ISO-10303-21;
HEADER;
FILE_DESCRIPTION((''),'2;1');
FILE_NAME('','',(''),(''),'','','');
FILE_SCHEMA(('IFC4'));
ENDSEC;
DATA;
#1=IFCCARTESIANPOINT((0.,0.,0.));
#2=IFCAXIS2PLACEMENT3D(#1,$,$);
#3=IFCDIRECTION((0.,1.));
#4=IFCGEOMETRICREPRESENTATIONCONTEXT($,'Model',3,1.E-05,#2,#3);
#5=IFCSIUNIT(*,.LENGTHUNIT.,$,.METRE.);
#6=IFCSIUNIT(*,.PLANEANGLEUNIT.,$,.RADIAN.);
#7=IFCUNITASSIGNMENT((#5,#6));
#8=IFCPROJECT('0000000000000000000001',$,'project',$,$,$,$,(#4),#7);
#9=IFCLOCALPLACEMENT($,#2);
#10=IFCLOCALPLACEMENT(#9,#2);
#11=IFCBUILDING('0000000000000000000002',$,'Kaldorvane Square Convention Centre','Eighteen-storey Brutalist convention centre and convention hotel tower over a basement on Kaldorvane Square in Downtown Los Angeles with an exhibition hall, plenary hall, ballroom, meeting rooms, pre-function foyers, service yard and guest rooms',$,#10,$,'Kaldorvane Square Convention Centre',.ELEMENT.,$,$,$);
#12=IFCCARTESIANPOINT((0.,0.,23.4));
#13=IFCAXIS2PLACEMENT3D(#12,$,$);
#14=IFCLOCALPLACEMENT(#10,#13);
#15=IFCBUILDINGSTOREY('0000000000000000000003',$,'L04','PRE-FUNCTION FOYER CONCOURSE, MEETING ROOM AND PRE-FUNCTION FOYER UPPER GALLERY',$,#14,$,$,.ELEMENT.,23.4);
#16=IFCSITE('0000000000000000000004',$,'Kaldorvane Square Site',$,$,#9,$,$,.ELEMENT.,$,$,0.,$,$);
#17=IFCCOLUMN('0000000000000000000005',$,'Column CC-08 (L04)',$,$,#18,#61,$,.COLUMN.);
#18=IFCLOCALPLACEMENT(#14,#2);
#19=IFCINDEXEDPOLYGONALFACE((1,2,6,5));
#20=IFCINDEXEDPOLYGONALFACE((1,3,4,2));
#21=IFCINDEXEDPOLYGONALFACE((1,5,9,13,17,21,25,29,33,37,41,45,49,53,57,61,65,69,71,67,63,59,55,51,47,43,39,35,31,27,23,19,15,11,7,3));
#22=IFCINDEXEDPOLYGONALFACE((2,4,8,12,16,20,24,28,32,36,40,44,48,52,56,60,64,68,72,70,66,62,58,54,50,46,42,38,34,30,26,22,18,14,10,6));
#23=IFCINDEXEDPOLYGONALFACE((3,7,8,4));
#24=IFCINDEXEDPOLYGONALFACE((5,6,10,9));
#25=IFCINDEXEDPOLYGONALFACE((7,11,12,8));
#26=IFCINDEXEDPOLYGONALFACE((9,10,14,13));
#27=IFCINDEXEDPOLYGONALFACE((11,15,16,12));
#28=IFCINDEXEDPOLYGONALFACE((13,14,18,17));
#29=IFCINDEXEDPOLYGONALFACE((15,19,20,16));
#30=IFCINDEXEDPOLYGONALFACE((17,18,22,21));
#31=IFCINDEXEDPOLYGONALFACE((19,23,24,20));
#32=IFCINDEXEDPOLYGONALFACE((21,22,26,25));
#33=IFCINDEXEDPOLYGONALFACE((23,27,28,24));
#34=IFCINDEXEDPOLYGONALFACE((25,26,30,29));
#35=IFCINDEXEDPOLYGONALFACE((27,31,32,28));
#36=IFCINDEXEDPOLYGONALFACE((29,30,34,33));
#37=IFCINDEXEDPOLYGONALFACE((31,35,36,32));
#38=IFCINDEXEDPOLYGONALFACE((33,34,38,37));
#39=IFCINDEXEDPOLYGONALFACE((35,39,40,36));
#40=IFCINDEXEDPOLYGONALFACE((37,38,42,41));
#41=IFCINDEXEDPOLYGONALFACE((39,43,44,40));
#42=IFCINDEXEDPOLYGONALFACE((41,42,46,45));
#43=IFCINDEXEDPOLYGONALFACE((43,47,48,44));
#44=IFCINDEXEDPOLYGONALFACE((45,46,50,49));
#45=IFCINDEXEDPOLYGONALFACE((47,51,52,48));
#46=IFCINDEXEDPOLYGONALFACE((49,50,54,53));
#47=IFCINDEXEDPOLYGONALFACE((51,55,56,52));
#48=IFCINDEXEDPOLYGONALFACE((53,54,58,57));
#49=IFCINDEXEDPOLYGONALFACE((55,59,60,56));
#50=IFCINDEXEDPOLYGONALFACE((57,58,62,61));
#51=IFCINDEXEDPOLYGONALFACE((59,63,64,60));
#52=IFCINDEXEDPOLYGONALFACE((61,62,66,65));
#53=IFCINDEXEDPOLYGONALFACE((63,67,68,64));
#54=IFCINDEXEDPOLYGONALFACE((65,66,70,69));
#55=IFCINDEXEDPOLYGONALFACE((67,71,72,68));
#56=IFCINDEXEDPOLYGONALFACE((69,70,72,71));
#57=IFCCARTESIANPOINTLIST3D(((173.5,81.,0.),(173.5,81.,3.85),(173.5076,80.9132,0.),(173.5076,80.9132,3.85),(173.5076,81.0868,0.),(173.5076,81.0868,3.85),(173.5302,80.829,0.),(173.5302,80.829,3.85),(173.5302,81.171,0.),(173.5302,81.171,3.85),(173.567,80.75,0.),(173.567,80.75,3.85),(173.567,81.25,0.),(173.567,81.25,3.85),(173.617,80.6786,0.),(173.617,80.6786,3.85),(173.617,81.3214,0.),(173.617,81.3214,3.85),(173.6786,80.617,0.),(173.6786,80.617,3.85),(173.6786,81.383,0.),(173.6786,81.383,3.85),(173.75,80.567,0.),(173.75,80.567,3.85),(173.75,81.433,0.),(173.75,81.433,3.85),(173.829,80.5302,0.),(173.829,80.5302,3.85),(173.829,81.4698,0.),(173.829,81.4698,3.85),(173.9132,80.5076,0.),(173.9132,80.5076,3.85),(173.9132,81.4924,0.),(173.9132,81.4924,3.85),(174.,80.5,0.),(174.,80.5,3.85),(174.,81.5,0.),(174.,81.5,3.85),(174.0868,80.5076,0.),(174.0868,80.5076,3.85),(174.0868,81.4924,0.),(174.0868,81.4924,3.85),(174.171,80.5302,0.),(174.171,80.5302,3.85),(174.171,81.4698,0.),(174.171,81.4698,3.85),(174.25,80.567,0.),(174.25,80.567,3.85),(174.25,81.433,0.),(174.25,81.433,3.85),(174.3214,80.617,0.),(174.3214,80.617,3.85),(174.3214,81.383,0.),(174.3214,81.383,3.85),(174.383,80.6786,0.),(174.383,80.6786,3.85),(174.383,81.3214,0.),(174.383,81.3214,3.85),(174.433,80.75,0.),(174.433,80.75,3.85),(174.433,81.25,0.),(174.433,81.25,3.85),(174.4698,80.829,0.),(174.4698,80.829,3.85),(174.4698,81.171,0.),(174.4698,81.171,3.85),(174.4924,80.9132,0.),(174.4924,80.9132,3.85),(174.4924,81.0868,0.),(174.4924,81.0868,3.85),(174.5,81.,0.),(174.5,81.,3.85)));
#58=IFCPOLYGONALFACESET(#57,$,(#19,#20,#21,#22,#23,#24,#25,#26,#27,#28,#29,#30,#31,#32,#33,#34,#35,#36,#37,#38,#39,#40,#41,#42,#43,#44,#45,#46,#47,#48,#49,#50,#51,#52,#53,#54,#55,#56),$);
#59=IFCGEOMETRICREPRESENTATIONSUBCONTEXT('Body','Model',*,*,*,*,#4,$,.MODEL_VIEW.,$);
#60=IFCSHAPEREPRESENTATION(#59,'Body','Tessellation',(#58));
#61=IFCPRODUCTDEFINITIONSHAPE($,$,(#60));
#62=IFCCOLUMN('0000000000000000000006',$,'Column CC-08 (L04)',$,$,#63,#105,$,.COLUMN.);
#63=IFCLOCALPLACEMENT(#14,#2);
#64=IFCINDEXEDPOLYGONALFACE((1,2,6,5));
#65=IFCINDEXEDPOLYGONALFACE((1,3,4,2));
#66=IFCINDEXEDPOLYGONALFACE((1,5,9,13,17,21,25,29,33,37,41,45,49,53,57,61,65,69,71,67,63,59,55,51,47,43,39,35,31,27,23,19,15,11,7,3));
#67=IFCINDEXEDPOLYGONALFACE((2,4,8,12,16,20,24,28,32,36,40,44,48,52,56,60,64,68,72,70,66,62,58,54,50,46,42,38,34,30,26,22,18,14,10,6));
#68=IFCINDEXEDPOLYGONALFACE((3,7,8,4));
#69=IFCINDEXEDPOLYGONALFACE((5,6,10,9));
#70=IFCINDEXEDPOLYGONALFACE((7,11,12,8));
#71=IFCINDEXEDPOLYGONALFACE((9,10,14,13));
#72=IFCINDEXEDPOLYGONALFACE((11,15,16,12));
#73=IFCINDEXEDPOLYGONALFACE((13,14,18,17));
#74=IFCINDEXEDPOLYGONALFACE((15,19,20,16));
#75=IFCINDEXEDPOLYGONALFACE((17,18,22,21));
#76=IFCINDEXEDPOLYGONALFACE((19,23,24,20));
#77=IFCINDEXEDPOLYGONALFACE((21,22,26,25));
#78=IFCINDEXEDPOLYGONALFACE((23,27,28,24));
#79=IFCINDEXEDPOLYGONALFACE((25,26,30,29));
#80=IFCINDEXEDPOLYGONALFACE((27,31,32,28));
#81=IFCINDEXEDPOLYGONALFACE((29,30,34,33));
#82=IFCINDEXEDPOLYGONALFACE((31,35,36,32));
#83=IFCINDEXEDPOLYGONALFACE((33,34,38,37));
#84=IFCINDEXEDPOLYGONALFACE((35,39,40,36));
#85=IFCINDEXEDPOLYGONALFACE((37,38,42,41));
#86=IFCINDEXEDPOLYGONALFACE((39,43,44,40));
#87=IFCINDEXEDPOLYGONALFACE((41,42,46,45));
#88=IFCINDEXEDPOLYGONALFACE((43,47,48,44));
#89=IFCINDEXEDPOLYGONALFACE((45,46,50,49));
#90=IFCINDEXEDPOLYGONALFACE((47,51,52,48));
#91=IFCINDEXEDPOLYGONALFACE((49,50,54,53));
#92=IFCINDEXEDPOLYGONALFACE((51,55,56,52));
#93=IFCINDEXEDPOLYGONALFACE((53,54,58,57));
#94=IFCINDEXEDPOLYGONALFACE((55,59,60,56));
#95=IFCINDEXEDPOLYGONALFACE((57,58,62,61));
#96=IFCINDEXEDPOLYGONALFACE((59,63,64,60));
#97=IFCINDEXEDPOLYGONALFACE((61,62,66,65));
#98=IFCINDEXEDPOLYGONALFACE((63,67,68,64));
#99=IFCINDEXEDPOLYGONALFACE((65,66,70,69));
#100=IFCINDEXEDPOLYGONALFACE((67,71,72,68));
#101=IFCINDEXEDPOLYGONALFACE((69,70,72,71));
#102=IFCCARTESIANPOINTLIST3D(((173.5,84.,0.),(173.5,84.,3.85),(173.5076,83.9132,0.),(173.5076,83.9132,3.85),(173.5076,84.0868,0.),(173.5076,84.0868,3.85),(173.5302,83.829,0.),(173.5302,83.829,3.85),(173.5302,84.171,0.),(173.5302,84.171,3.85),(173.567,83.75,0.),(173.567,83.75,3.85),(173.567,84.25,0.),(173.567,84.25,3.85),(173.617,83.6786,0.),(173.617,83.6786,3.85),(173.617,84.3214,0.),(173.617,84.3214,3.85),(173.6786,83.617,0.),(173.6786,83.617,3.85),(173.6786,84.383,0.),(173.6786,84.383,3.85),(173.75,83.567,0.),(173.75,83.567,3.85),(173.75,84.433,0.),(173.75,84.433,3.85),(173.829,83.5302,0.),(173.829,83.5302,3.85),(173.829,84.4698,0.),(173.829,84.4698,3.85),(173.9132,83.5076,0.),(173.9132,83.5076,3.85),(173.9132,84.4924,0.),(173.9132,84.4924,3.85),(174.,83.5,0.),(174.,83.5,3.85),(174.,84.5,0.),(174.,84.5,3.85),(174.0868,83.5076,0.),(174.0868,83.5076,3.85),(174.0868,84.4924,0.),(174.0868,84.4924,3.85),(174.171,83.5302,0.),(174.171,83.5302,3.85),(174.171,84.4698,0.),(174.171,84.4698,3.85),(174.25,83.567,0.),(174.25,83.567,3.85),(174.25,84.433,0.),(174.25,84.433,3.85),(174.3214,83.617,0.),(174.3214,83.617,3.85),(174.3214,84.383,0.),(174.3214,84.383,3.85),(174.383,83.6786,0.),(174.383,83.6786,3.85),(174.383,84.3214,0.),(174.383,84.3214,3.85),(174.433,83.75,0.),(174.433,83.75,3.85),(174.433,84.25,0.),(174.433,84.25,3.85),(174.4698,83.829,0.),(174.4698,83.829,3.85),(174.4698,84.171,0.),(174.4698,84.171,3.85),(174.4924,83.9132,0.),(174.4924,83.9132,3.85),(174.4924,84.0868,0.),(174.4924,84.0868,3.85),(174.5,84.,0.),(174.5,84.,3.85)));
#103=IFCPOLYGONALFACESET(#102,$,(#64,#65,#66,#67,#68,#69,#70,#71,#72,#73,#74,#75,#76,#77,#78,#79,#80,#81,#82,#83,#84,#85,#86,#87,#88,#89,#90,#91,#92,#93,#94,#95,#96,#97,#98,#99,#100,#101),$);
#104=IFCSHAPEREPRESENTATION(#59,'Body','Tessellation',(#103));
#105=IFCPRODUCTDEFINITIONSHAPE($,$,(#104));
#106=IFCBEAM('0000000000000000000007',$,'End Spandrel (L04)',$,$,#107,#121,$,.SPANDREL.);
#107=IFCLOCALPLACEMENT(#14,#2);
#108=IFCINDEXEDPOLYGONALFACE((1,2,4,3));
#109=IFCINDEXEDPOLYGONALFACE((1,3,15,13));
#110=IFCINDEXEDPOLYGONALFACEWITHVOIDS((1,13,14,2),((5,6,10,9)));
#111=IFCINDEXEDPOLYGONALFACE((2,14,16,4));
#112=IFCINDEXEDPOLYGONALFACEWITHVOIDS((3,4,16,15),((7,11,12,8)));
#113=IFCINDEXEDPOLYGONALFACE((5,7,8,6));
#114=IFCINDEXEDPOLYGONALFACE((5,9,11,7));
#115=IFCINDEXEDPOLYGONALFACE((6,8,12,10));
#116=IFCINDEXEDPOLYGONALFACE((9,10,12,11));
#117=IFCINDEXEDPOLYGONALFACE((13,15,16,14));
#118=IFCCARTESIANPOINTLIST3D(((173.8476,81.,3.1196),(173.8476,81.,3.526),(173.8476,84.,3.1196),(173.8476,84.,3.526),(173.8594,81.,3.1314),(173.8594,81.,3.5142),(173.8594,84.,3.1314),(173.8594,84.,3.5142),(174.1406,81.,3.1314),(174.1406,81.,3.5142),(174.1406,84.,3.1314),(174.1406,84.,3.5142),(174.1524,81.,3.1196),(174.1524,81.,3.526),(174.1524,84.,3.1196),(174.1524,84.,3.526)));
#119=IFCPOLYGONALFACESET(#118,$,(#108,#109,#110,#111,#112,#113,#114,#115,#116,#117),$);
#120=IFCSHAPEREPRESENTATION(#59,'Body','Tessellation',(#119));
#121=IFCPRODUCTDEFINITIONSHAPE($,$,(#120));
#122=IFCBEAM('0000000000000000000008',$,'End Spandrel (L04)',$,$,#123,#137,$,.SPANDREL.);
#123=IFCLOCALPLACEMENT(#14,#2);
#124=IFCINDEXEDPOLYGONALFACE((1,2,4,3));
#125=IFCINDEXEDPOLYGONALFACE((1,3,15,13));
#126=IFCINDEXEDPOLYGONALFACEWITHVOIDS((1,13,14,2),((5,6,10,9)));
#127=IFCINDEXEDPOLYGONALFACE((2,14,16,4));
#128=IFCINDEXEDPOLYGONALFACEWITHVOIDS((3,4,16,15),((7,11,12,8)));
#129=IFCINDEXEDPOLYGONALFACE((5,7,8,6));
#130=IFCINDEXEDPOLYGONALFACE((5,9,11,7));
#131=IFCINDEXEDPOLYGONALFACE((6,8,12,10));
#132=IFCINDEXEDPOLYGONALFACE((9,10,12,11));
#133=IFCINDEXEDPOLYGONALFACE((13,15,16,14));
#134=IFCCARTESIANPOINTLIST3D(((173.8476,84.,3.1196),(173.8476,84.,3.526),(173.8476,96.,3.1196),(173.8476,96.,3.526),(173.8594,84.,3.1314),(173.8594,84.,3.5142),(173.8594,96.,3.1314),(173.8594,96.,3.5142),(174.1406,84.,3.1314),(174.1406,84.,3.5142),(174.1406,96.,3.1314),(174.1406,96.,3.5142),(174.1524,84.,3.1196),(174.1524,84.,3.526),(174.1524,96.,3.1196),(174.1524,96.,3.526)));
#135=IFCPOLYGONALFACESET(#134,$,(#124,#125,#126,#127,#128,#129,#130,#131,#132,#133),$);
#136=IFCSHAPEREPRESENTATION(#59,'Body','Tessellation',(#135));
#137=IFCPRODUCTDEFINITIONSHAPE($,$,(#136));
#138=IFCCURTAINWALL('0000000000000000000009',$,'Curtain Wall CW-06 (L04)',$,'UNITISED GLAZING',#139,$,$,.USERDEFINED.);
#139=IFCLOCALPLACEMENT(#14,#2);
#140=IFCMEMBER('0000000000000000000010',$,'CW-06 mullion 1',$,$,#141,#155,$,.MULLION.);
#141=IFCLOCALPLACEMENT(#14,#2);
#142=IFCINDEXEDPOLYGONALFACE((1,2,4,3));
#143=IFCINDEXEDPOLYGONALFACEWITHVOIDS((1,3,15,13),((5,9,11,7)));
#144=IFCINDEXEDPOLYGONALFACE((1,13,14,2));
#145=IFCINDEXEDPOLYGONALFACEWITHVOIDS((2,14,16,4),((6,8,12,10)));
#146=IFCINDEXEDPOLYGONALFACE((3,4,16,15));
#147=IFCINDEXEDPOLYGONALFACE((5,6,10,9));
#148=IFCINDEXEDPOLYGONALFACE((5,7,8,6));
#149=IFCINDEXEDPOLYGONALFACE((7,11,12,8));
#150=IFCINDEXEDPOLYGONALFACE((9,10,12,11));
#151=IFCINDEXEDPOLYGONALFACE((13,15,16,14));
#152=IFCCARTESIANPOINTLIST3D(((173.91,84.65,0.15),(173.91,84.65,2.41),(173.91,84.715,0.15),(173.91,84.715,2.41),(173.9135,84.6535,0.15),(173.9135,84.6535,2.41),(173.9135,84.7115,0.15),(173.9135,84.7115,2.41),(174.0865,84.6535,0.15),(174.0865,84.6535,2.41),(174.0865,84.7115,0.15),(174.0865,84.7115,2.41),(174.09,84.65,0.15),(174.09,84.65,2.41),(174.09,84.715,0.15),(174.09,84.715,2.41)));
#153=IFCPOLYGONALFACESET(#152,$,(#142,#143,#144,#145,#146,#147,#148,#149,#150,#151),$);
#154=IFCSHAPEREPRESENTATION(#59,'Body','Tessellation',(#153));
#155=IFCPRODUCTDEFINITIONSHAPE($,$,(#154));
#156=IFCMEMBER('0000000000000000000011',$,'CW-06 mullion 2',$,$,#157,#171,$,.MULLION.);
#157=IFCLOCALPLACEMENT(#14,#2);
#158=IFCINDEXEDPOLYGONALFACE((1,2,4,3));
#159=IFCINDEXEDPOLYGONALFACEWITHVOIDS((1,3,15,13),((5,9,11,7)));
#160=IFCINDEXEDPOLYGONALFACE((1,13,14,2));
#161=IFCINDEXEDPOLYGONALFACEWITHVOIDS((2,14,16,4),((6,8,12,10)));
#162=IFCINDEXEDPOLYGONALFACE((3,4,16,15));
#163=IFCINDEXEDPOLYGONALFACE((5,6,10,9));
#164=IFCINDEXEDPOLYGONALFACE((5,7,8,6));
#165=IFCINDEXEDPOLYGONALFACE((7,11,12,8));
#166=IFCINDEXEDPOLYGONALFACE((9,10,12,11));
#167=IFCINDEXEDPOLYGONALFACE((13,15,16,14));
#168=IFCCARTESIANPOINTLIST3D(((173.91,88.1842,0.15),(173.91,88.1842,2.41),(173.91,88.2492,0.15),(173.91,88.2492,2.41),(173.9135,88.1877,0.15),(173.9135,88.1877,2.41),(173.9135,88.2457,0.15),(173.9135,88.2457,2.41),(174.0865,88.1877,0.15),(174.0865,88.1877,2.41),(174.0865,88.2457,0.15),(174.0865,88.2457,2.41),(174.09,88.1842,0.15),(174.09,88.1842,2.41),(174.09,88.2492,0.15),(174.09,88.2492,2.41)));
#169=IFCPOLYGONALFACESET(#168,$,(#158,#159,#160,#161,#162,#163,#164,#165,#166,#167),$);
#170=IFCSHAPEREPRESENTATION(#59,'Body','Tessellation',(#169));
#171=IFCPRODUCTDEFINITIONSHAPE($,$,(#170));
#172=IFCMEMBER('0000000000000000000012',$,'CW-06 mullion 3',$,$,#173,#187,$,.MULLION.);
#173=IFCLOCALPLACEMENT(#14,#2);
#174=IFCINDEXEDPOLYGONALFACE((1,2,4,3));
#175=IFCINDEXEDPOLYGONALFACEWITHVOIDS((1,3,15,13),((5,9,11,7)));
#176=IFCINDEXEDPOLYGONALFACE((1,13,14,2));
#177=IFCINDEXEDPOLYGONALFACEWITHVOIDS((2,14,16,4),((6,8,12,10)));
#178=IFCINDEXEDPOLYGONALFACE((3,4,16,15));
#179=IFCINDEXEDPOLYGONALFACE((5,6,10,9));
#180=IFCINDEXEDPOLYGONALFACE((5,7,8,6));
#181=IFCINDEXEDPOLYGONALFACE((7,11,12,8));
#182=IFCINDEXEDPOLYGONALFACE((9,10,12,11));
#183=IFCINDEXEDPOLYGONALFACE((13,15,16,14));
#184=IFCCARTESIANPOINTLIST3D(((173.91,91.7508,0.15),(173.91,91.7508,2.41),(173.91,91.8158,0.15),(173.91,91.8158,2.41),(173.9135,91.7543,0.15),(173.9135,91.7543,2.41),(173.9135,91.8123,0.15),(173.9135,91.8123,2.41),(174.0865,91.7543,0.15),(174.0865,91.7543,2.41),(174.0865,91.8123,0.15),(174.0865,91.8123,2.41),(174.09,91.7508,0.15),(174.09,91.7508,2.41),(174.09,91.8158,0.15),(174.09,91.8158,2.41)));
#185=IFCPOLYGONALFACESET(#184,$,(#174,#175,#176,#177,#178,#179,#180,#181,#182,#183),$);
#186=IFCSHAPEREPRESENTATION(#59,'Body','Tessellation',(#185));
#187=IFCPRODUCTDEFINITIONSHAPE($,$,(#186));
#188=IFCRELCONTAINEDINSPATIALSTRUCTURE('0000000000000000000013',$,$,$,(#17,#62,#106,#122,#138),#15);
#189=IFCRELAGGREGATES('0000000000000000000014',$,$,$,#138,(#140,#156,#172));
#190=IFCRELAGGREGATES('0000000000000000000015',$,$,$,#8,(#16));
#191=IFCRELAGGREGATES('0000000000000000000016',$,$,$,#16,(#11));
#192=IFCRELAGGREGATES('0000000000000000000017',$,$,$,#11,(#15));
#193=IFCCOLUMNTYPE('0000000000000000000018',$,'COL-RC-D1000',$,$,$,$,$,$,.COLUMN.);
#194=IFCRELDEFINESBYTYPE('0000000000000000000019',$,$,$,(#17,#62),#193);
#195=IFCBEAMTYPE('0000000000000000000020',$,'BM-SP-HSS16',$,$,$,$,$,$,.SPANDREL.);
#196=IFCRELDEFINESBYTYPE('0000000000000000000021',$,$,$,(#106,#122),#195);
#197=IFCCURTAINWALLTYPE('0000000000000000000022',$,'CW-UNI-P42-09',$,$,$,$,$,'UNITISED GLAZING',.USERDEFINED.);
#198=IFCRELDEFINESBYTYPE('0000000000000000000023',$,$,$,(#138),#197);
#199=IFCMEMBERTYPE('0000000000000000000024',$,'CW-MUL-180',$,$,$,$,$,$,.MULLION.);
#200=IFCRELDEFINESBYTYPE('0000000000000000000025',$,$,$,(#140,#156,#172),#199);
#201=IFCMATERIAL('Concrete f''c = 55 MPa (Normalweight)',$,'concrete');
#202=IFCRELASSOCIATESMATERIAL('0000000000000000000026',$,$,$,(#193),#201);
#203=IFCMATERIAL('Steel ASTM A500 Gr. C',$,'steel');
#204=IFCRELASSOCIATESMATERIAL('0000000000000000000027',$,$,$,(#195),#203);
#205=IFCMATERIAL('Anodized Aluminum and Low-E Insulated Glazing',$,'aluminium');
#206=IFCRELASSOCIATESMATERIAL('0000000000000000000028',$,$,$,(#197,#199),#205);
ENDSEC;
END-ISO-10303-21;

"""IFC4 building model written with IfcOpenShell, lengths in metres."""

from ifc_helpers import new_model, si_unit, direction, frame, origin, origin_2d, place, context, subcontext, project, spatial, hollow_rectangle, circle, extrude, material, material_profile, profile_set, type_object, element, aggregate, save


model = new_model("IFC4")

# Units and contexts
model_context = context("Model", 3, precision=1e-05, world=origin(), true_north=direction((0.0, 1.0)))
body_context = subcontext(model_context, "Body", "Model", "MODEL_VIEW")
ifc_project = project(units=[si_unit("LENGTHUNIT", "METRE"), si_unit("PLANEANGLEUNIT", "RADIAN")], contexts=[model_context])

# Site, building, storey
site_placement = place(None, origin())
site = spatial("IfcSite", under=ifc_project, at=site_placement, Name="Kaldorvane Square Site", CompositionType="ELEMENT", RefElevation=0.0)
building_placement = place(site_placement, origin())
building = spatial("IfcBuilding", under=site, at=building_placement, Name="Kaldorvane Square Convention Centre", Description="Eighteen-storey Brutalist convention centre and convention hotel tower over a basement on Kaldorvane Square in Downtown Los Angeles with an exhibition hall, plenary hall, ballroom, meeting rooms, pre-function foyers, service yard and guest rooms", LongName="Kaldorvane Square Convention Centre", CompositionType="ELEMENT")
storey_placement = place(building_placement, frame((0.0, 0.0, 23.4)))
storey = spatial("IfcBuildingStorey", under=building, at=storey_placement, Name="L04", Description="PRE-FUNCTION FOYER CONCOURSE, MEETING ROOM AND PRE-FUNCTION FOYER UPPER GALLERY", CompositionType="ELEMENT", Elevation=23.4)

# Columns
ifc_material_1 = material(Name="Concrete f'c = 55 MPa (Normalweight)", Category="concrete")
ifc_material_profile_1 = material_profile(ifc_material_1, circle(Radius=0.5, at=origin_2d()), Name="RC-D1000")
ifc_profile_set_1 = profile_set([ifc_material_profile_1], Name="Concrete f'c = 55 MPa (Normalweight)")
column_type = type_object("IfcColumnType", Name="COL-RC-D1000", PredefinedType="COLUMN", material=ifc_profile_set_1)
for number, where, z_axis, x_axis, name in (
    (1, (174.0, 81.0, 0.0), (0.0, 0.0, 1.0), (1.0, 0.0, 0.0), "Column CC-08 (L04)"),
    (2, (174.0, 84.0, 0.0), (0.0, 0.0, 1.0), (1.0, 0.0, 0.0), "Column CC-08 (L04)"),
):
    element("IfcColumn", number, at=place(storey_placement, frame(where, z_axis=z_axis, x_axis=x_axis)), inside=storey, type_object=column_type, Name=name, PredefinedType="COLUMN", context=body_context, shape_type="SweptSolid", body=[
        extrude(circle(Radius=0.5, at=origin_2d()), origin(), (0.0, 0.0, 1.0), 3.85),
    ])

# Beams
ifc_material_2 = material(Name="Steel ASTM A500 Gr. C", Category="steel")
ifc_material_profile_2 = material_profile(ifc_material_2, hollow_rectangle(XDim=0.3048, YDim=0.4064, WallThickness=0.0118, at=origin_2d()), Name="HSS16X12X1/2")
ifc_profile_set_2 = profile_set([ifc_material_profile_2], Name="Steel ASTM A500 Gr. C")
beam_type = type_object("IfcBeamType", Name="BM-SP-HSS16", PredefinedType="SPANDREL", material=ifc_profile_set_2)
beam_1_placement = place(storey_placement, frame((174.0, 81.0, 3.3228), z_axis=(0.0, 1.0, 0.0), x_axis=(-1.0, 0.0, 0.0)))
element("IfcBeam", 3, at=beam_1_placement, inside=storey, type_object=beam_type, Name="End Spandrel (L04)", PredefinedType="SPANDREL", context=body_context, shape_type="SweptSolid", body=[
    extrude(hollow_rectangle(XDim=0.3048, YDim=0.4064, WallThickness=0.0118, at=origin_2d()), origin(), (0.0, 0.0, 1.0), 3.0),
])
beam_2_placement = place(storey_placement, frame((174.0, 84.0, 3.3228), z_axis=(0.0, 1.0, 0.0), x_axis=(-1.0, 0.0, 0.0)))
element("IfcBeam", 4, at=beam_2_placement, inside=storey, type_object=beam_type, Name="End Spandrel (L04)", PredefinedType="SPANDREL", context=body_context, shape_type="SweptSolid", body=[
    extrude(hollow_rectangle(XDim=0.3048, YDim=0.4064, WallThickness=0.0118, at=origin_2d()), origin(), (0.0, 0.0, 1.0), 12.0),
])

# Curtain wall, members
ifc_material_3 = material(Name="Anodized Aluminum and Low-E Insulated Glazing", Category="aluminium")
curtain_wall_type_1 = type_object("IfcCurtainWallType", Name="CW-UNI-P42-09", ElementType="UNITISED GLAZING", PredefinedType="USERDEFINED", material=ifc_material_3)
curtain_wall_1_placement = place(storey_placement, origin())
curtain_wall_1 = element("IfcCurtainWall", 5, at=curtain_wall_1_placement, inside=storey, type_object=curtain_wall_type_1, Name="Curtain Wall CW-06 (L04)", ObjectType="UNITISED GLAZING", PredefinedType="USERDEFINED")
ifc_material_profile_3 = material_profile(ifc_material_3, hollow_rectangle(XDim=0.065, YDim=0.18, WallThickness=0.0035, at=origin_2d()), Name="CWM-180X65")
ifc_profile_set_3 = profile_set([ifc_material_profile_3], Name="Anodized Aluminum and Low-E Insulated Glazing")
member_type_1 = type_object("IfcMemberType", Name="CW-MUL-180", PredefinedType="MULLION", material=ifc_profile_set_3)
member_1_placement = place(storey_placement, frame((174.0, 84.6825, 0.15), z_axis=(0.0, 0.0, 1.0), x_axis=(0.0, 1.0, 0.0)))
member_1 = element("IfcMember", 6, at=member_1_placement, type_object=member_type_1, Name="CW-06 mullion 1", PredefinedType="MULLION", context=body_context, shape_type="SweptSolid", body=[
    extrude(hollow_rectangle(XDim=0.065, YDim=0.18, WallThickness=0.0035, at=origin_2d()), origin(), (0.0, 0.0, 1.0), 2.26),
])
member_2_placement = place(storey_placement, frame((174.0, 88.2167, 0.15), z_axis=(0.0, 0.0, 1.0), x_axis=(0.0, 1.0, 0.0)))
member_2 = element("IfcMember", 7, at=member_2_placement, type_object=member_type_1, Name="CW-06 mullion 2", PredefinedType="MULLION", context=body_context, shape_type="SweptSolid", body=[
    extrude(hollow_rectangle(XDim=0.065, YDim=0.18, WallThickness=0.0035, at=origin_2d()), origin(), (0.0, 0.0, 1.0), 2.26),
])
member_3_placement = place(storey_placement, frame((174.0, 91.7833, 0.15), z_axis=(0.0, 0.0, 1.0), x_axis=(0.0, 1.0, 0.0)))
member_3 = element("IfcMember", 8, at=member_3_placement, type_object=member_type_1, Name="CW-06 mullion 3", PredefinedType="MULLION", context=body_context, shape_type="SweptSolid", body=[
    extrude(hollow_rectangle(XDim=0.065, YDim=0.18, WallThickness=0.0035, at=origin_2d()), origin(), (0.0, 0.0, 1.0), 2.26),
])

aggregate(curtain_wall_1, [member_1, member_2, member_3])

save(model, "model.ifc")
